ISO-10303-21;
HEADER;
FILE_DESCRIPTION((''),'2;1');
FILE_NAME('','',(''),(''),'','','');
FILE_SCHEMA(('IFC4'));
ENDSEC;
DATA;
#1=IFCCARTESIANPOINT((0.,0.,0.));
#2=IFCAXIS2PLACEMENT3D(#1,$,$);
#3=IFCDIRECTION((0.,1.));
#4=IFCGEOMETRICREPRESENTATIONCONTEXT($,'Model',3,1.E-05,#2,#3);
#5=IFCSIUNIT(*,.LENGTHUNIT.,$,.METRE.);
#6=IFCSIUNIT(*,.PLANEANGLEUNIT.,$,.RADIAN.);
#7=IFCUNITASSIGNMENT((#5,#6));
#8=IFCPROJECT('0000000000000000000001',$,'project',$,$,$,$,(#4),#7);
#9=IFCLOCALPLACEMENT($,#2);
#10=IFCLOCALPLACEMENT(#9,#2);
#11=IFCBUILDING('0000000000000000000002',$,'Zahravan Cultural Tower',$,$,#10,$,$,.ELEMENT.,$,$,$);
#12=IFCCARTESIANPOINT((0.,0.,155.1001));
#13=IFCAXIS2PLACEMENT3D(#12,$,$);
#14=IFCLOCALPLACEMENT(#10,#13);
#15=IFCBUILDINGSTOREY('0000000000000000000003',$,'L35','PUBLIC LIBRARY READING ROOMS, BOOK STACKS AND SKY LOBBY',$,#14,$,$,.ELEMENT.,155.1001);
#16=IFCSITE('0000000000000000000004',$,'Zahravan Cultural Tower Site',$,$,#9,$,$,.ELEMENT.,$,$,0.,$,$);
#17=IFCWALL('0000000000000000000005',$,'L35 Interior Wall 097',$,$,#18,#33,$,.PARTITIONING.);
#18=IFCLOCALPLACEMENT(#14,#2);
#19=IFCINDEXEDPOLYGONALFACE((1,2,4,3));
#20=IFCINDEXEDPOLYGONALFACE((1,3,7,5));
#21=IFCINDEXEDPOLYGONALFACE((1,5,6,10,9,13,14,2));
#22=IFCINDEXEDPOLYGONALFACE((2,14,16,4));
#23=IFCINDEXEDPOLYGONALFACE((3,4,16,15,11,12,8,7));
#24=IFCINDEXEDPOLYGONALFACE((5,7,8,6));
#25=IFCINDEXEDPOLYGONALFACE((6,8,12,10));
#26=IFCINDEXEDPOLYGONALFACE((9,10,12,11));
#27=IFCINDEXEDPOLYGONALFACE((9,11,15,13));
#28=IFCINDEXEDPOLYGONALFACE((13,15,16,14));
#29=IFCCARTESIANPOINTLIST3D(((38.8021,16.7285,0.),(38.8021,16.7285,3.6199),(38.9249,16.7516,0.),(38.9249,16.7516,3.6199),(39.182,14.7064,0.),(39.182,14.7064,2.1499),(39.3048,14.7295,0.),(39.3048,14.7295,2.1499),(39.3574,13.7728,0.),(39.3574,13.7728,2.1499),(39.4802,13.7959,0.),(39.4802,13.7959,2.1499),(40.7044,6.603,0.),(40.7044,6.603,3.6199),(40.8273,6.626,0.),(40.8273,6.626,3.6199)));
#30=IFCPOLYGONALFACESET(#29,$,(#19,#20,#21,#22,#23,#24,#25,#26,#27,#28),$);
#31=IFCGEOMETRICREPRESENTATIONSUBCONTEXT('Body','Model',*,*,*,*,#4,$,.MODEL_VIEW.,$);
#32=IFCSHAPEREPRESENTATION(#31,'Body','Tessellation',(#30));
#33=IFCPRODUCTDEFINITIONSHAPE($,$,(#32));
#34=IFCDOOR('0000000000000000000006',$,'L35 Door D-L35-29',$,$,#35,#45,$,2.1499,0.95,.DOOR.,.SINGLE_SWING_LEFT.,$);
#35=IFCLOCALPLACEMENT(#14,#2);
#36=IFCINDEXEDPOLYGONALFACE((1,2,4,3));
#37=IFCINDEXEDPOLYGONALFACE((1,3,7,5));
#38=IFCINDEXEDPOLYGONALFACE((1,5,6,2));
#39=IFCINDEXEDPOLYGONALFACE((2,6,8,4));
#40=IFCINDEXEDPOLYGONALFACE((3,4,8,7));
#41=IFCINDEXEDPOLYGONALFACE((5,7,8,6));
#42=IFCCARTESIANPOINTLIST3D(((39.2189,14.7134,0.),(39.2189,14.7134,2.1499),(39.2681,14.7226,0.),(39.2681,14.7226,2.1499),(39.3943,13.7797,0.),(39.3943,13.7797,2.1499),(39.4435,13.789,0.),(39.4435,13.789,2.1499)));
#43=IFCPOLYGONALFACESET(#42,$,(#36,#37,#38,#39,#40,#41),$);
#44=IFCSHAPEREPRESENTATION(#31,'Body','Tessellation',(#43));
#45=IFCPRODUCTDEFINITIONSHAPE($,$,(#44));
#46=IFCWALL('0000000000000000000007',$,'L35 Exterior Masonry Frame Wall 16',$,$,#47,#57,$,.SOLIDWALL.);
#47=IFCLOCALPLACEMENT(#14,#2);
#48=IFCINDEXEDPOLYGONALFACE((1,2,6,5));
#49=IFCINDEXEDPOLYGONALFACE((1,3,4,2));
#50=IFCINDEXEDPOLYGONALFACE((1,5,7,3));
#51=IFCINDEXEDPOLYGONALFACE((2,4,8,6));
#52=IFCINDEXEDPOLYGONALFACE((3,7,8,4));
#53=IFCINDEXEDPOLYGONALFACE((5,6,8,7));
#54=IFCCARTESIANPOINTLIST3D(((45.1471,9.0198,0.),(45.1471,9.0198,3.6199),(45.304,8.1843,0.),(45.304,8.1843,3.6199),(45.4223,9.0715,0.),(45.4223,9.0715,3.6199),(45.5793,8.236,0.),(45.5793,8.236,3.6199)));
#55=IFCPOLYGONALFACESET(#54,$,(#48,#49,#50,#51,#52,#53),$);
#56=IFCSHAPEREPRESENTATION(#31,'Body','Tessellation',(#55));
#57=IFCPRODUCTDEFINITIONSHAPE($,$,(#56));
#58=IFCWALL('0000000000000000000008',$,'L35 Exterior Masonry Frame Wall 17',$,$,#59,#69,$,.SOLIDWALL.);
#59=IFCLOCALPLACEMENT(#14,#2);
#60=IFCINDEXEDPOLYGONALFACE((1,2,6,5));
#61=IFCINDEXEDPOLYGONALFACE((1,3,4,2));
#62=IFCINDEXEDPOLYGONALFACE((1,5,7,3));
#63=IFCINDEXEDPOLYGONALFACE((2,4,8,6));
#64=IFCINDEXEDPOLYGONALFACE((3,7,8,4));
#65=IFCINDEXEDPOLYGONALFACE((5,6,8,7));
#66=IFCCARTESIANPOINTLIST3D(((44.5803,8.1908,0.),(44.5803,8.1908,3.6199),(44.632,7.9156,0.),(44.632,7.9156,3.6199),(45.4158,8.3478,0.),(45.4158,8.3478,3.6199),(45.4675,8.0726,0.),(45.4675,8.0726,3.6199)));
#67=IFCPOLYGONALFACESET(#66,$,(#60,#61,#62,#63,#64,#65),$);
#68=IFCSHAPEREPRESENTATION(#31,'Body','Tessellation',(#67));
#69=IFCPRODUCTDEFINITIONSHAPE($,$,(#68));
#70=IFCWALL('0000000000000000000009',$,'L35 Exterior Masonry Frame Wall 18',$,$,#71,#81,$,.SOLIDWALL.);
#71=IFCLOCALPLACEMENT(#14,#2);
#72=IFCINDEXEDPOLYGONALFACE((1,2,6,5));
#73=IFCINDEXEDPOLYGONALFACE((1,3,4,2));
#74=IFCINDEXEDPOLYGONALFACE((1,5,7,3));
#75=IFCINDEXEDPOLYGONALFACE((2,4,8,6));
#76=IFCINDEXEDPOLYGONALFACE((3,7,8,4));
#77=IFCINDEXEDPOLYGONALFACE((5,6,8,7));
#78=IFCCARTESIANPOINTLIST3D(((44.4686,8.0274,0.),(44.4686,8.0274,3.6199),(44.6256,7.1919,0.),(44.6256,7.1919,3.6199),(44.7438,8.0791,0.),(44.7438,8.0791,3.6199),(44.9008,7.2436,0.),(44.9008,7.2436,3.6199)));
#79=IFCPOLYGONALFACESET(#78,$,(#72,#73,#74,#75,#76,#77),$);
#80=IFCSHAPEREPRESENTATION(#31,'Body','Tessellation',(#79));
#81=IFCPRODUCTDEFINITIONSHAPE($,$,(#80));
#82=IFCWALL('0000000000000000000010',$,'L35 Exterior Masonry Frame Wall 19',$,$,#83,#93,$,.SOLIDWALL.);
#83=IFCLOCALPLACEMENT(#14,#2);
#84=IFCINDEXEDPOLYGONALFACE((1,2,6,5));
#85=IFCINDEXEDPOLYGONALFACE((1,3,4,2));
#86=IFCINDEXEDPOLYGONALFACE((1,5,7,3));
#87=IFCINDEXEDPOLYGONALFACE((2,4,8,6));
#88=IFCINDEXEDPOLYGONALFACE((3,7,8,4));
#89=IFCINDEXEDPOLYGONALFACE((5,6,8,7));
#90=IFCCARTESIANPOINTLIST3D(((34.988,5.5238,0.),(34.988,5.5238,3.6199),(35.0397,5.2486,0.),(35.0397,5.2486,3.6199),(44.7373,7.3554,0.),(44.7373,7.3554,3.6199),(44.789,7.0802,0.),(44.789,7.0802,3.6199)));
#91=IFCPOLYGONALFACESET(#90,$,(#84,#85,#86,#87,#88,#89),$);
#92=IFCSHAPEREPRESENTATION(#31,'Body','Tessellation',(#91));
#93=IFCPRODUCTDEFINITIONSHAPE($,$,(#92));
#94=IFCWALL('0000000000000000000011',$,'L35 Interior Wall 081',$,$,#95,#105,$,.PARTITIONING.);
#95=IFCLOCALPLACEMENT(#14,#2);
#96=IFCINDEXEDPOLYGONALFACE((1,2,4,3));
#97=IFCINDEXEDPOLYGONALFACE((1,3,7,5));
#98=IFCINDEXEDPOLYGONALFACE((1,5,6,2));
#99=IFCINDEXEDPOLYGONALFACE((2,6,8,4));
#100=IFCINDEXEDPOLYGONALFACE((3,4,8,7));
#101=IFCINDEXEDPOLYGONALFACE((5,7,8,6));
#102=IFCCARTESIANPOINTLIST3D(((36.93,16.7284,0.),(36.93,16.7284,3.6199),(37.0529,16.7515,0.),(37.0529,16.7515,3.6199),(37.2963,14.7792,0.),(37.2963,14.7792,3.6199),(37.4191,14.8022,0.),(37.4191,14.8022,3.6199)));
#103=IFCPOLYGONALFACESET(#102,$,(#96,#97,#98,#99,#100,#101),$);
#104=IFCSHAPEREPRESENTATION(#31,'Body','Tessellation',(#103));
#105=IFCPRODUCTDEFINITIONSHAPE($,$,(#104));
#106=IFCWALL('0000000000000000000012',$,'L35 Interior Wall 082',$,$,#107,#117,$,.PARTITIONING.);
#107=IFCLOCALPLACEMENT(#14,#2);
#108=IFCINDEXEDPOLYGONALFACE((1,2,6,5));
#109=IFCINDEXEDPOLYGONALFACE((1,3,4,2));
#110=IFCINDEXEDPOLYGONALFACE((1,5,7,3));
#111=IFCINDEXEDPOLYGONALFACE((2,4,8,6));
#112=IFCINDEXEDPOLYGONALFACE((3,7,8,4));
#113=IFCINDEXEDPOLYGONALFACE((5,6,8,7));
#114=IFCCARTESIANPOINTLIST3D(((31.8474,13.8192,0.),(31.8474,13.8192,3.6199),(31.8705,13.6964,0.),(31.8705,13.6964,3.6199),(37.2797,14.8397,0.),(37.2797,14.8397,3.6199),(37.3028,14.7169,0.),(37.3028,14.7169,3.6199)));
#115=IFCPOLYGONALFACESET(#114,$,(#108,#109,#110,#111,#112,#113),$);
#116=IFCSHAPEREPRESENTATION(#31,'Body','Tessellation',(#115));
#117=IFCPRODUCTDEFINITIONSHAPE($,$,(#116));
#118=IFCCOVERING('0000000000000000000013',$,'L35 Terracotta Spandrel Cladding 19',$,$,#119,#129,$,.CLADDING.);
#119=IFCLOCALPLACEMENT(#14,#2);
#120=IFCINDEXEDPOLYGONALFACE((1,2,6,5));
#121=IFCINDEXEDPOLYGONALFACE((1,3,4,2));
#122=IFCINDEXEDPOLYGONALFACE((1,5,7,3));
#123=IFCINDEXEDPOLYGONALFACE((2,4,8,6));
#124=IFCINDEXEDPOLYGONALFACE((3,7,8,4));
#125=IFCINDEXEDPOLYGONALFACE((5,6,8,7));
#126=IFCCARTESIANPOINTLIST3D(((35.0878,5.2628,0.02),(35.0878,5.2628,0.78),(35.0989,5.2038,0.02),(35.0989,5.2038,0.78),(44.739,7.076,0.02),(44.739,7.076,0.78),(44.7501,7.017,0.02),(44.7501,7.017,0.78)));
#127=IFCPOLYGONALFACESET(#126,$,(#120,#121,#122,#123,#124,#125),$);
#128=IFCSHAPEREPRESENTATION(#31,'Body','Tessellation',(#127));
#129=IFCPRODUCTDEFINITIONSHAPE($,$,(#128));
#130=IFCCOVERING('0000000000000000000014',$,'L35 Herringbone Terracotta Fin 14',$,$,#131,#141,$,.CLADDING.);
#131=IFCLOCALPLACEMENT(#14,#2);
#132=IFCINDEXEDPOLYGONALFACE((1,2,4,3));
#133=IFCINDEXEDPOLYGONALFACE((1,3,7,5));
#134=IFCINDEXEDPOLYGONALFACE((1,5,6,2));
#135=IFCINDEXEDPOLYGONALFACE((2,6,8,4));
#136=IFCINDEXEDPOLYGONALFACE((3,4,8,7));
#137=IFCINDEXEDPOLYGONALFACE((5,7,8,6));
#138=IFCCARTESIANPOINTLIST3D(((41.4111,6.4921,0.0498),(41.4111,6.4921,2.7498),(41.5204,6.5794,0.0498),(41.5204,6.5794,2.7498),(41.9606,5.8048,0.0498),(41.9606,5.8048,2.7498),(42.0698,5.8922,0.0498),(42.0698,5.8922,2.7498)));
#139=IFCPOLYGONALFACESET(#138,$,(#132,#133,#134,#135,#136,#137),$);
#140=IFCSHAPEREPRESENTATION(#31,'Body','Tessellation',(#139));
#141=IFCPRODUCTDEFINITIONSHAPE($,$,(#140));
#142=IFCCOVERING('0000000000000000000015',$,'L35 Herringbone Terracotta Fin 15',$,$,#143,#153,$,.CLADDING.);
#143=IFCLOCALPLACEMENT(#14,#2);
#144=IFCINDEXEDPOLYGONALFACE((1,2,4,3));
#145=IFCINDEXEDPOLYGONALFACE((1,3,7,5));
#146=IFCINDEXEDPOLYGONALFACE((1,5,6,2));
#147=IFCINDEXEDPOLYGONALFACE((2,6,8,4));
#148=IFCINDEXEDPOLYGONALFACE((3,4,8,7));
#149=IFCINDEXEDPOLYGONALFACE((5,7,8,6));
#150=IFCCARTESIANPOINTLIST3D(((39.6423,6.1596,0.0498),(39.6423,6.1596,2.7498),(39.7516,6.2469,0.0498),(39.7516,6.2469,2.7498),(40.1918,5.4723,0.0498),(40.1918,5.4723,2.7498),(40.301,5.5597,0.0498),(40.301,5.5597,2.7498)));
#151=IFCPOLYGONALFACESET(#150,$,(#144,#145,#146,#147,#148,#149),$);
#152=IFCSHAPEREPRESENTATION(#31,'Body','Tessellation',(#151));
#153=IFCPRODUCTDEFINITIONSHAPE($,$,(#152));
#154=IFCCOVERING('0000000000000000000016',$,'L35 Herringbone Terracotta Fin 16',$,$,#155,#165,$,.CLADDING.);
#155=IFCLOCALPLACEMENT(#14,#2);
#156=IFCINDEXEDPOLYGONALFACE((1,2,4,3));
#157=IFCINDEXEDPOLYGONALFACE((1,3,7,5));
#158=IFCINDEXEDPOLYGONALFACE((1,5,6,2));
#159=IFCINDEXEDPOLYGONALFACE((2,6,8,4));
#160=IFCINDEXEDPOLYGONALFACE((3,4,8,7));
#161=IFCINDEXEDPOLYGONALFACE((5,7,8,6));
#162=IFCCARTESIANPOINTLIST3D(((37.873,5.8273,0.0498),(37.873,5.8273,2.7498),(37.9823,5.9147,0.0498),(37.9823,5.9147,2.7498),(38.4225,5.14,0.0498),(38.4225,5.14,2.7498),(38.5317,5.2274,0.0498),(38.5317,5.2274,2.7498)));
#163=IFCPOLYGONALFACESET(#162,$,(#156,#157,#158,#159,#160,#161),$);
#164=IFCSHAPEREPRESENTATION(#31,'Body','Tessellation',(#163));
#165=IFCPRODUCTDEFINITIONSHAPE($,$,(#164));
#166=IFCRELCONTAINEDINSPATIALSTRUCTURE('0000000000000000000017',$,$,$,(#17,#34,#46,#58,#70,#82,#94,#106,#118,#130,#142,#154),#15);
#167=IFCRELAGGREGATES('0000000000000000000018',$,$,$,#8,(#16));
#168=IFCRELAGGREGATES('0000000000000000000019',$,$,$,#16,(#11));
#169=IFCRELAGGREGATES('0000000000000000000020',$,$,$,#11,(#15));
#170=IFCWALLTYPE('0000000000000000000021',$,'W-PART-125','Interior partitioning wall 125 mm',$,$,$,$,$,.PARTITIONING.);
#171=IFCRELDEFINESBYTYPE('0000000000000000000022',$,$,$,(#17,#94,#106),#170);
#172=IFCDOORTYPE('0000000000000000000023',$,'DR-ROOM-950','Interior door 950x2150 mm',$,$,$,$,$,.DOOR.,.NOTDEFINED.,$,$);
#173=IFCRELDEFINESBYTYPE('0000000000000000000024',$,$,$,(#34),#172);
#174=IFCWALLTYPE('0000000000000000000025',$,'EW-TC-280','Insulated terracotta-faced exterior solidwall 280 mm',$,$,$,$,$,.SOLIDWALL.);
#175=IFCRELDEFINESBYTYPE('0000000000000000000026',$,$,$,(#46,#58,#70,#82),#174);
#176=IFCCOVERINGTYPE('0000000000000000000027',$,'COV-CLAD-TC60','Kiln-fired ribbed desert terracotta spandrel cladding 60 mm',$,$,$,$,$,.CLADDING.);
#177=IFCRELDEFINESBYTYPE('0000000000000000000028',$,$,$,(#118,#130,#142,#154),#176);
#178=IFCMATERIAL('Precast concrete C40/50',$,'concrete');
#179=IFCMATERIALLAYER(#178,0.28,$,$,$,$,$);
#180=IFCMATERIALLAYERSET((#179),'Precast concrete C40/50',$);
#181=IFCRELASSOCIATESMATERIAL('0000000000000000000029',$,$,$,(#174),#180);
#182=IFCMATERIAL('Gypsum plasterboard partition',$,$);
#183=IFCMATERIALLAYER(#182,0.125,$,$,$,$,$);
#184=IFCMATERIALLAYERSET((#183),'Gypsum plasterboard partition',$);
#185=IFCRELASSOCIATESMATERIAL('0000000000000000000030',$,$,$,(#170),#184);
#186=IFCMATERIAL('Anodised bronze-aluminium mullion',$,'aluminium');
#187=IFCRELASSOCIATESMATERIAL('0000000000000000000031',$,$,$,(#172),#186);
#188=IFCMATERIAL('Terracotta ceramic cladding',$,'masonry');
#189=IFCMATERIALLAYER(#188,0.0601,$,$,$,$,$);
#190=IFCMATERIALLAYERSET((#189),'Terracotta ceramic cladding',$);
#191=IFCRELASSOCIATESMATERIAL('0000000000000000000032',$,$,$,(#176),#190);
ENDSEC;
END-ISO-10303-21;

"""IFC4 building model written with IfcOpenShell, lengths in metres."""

from ifc_helpers import new_model, si_unit, direction, frame, frame_2d, origin, origin_2d, place, context, subcontext, project, spatial, rectangle, extrude, source, transform, mapped, material, layer, layer_set, type_object, element, fill, save


model = new_model("IFC4")

# Units and contexts
model_context = context("Model", 3, precision=1e-05, world=origin(), true_north=direction((0.0, 1.0)))
body_context = subcontext(model_context, "Body", "Model", "MODEL_VIEW")
ifc_project = project(units=[si_unit("LENGTHUNIT", "METRE"), si_unit("PLANEANGLEUNIT", "RADIAN")], contexts=[model_context])

# Site, building, storey
site_placement = place(None, origin())
site = spatial("IfcSite", under=ifc_project, at=site_placement, Name="Zahravan Cultural Tower Site", CompositionType="ELEMENT", RefElevation=0.0)
building_placement = place(site_placement, origin())
building = spatial("IfcBuilding", under=site, at=building_placement, Name="Zahravan Cultural Tower", CompositionType="ELEMENT")
storey_placement = place(building_placement, frame((0.0, 0.0, 155.1001)))
storey = spatial("IfcBuildingStorey", under=building, at=storey_placement, Name="L35", Description="PUBLIC LIBRARY READING ROOMS, BOOK STACKS AND SKY LOBBY", CompositionType="ELEMENT", Elevation=155.1001)

# Shared definitions
ifc_material_1 = material(Name="Precast concrete C40/50", Category="concrete")
ifc_layer_1 = layer(ifc_material_1, 0.28)
ifc_layer_set_1 = layer_set([ifc_layer_1], Name="Precast concrete C40/50")
wall_type_1 = type_object("IfcWallType", Name="EW-TC-280", Description="Insulated terracotta-faced exterior solidwall 280 mm", PredefinedType="SOLIDWALL", material=ifc_layer_set_1)

# Wall, opening, door
ifc_material_2 = material(Name="Gypsum plasterboard partition")
ifc_layer_2 = layer(ifc_material_2, 0.125)
ifc_layer_set_2 = layer_set([ifc_layer_2], Name="Gypsum plasterboard partition")
wall_type_2 = type_object("IfcWallType", Name="W-PART-125", Description="Interior partitioning wall 125 mm", PredefinedType="PARTITIONING", material=ifc_layer_set_2)
ifc_material_3 = material(Name="Anodised bronze-aluminium mullion", Category="aluminium")
door_type = type_object("IfcDoorType", Name="DR-ROOM-950", Description="Interior door 950x2150 mm", OperationType="NOTDEFINED", PredefinedType="DOOR", material=ifc_material_3)
shared_shape_1 = source(origin(), body_context, "Body", "SweptSolid", [
    extrude(rectangle(XDim=0.95, YDim=2.1499, at=frame_2d((0.4751, 1.075))), frame((0.0, 0.0249, 0.0), z_axis=(0.0, -1.0, 0.0), x_axis=(1.0, 0.0, 0.0)), (0.0, 0.0, 1.0), 0.05),
])
wall_1_placement = place(storey_placement, frame((40.7659, 6.6145, 0.0), z_axis=(0.0, 0.0, 1.0), x_axis=(-0.184646, 0.982805, 0.0)))
wall_1 = element("IfcWall", 1, at=wall_1_placement, inside=storey, type_object=wall_type_2, Name="L35 Interior Wall 097", PredefinedType="PARTITIONING", context=body_context, shape_type="SweptSolid", body=[
    extrude(rectangle(XDim=10.3027, YDim=0.125, at=frame_2d((5.1514, 0.0))), origin(), (0.0, 0.0, 1.0), 3.6199),
])
opening_1_placement = place(wall_1_placement, frame((7.2952, 0.0, 0.0)))
opening_1 = element("IfcOpeningElement", 2, at=opening_1_placement, cuts=wall_1, PredefinedType="OPENING", context=body_context, shape_type="SweptSolid", body=[
    extrude(rectangle(XDim=0.95, YDim=2.1499, at=frame_2d((0.4751, 1.075))), frame((0.0, 0.0725, 0.0), z_axis=(0.0, -1.0, 0.0), x_axis=(1.0, 0.0, 0.0)), (0.0, 0.0, 1.0), 0.145),
])
door_1_placement = place(opening_1_placement, origin())
door_1 = element("IfcDoor", 3, at=door_1_placement, inside=storey, type_object=door_type, Name="L35 Door D-L35-29", OperationType="SINGLE_SWING_LEFT", OverallHeight=2.1499, OverallWidth=0.95, PredefinedType="DOOR", context=body_context, shape_type="MappedRepresentation", body=[
    mapped(shared_shape_1, transform((0.0, 0.0, 0.0), x_axis=(1.0, 0.0, 0.0), y_axis=(0.0, 1.0, 0.0), z_axis=(0.0, 0.0, 1.0), scale=1.0)),
])
fill(opening_1, door_1)

# Walls
shared_shape_2 = source(origin(), body_context, "Body", "SweptSolid", [
    extrude(rectangle(XDim=0.8501, YDim=0.28, at=frame_2d((0.425, 0.0))), origin(), (0.0, 0.0, 1.0), 3.6199),
])
for number, where, z_axis, x_axis, name in (
    (4, (45.2847, 9.0457, 0.0), (0.0, 0.0, 1.0), (0.18467, -0.982801, 0.0), "L35 Exterior Masonry Frame Wall 16"),
    (5, (45.4417, 8.2102, 0.0), (0.0, 0.0, 1.0), (-0.982801, -0.18467, 0.0), "L35 Exterior Masonry Frame Wall 17"),
    (6, (44.6062, 8.0532, 0.0), (0.0, 0.0, 1.0), (0.18467, -0.982801, 0.0), "L35 Exterior Masonry Frame Wall 18"),
):
    element("IfcWall", number, at=place(storey_placement, frame(where, z_axis=z_axis, x_axis=x_axis)), inside=storey, type_object=wall_type_1, Name=name, PredefinedType="SOLIDWALL", context=body_context, shape_type="MappedRepresentation", body=[
        mapped(shared_shape_2, transform((0.0, 0.0, 0.0), x_axis=(1.0, 0.0, 0.0), y_axis=(0.0, 1.0, 0.0), z_axis=(0.0, 0.0, 1.0), scale=1.0)),
    ])
shared_shape_3 = source(origin(), body_context, "Body", "SweptSolid", [
    extrude(rectangle(XDim=9.9199, YDim=0.28, at=frame_2d((4.96, 0.0))), origin(), (0.0, 0.0, 1.0), 3.6199),
])
wall_2_placement = place(storey_placement, frame((44.7632, 7.2178, 0.0), z_axis=(0.0, 0.0, 1.0), x_axis=(-0.982807, -0.184635, 0.0)))
element("IfcWall", 7, at=wall_2_placement, inside=storey, type_object=wall_type_1, Name="L35 Exterior Masonry Frame Wall 19", PredefinedType="SOLIDWALL", context=body_context, shape_type="MappedRepresentation", body=[
    mapped(shared_shape_3, transform((0.0, 0.0, 0.0), x_axis=(1.0, 0.0, 0.0), y_axis=(0.0, 1.0, 0.0), z_axis=(0.0, 0.0, 1.0), scale=1.0)),
])
shared_shape_4 = source(origin(), body_context, "Body", "SweptSolid", [
    extrude(rectangle(XDim=1.9834, YDim=0.125, at=frame_2d((0.9917, 0.0))), origin(), (0.0, 0.0, 1.0), 3.6199),
])
wall_3_placement = place(storey_placement, frame((36.9915, 16.74, 0.0), z_axis=(0.0, 0.0, 1.0), x_axis=(0.184645, -0.982805, 0.0)))
element("IfcWall", 8, at=wall_3_placement, inside=storey, type_object=wall_type_2, Name="L35 Interior Wall 081", PredefinedType="PARTITIONING", context=body_context, shape_type="MappedRepresentation", body=[
    mapped(shared_shape_4, transform((0.0, 0.0, 0.0), x_axis=(1.0, 0.0, 0.0), y_axis=(0.0, 1.0, 0.0), z_axis=(0.0, 0.0, 1.0), scale=1.0)),
])
shared_shape_5 = source(origin(), body_context, "Body", "SweptSolid", [
    extrude(rectangle(XDim=5.5273, YDim=0.125, at=frame_2d((2.7637, 0.0))), origin(), (0.0, 0.0, 1.0), 3.6199),
])
wall_4_placement = place(storey_placement, frame((37.2913, 14.7783, 0.0), z_axis=(0.0, 0.0, 1.0), x_axis=(-0.982809, -0.184627, 0.0)))
element("IfcWall", 9, at=wall_4_placement, inside=storey, type_object=wall_type_2, Name="L35 Interior Wall 082", PredefinedType="PARTITIONING", context=body_context, shape_type="MappedRepresentation", body=[
    mapped(shared_shape_5, transform((0.0, 0.0, 0.0), x_axis=(1.0, 0.0, 0.0), y_axis=(0.0, 1.0, 0.0), z_axis=(0.0, 0.0, 1.0), scale=1.0)),
])

# Coverings
ifc_material_4 = material(Name="Terracotta ceramic cladding", Category="masonry")
ifc_layer_3 = layer(ifc_material_4, 0.0601)
ifc_layer_set_3 = layer_set([ifc_layer_3], Name="Terracotta ceramic cladding")
covering_type = type_object("IfcCoveringType", Name="COV-CLAD-TC60", Description="Kiln-fired ribbed desert terracotta spandrel cladding 60 mm", PredefinedType="CLADDING", material=ifc_layer_set_3)
shared_shape_6 = source(origin(), body_context, "Body", "SweptSolid", [
    extrude(rectangle(XDim=9.8201, YDim=0.0601, at=origin_2d()), origin(), (0.0, 0.0, 1.0), 0.76),
])
covering_placement = place(storey_placement, frame((39.9189, 6.1399, 0.02), z_axis=(0.0, 0.0, 1.0), x_axis=(-0.982807, -0.184638, 0.0)))
element("IfcCovering", 10, at=covering_placement, inside=storey, type_object=covering_type, Name="L35 Terracotta Spandrel Cladding 19", PredefinedType="CLADDING", context=body_context, shape_type="MappedRepresentation", body=[
    mapped(shared_shape_6, transform((0.0, 0.0, 0.0), x_axis=(1.0, 0.0, 0.0), y_axis=(0.0, 1.0, 0.0), z_axis=(0.0, 0.0, 1.0), scale=1.0)),
])
shared_shape_7 = source(origin(), body_context, "Body", "SweptSolid", [
    extrude(rectangle(XDim=0.8799, YDim=0.1399, at=origin_2d()), origin(), (0.0, 0.0, 1.0), 2.7),
])
for number, where, z_axis, x_axis, name in (
    (11, (41.7405, 6.1921, 0.0498), (0.0, 0.0, 1.0), (0.624425, -0.781085, 0.0), "L35 Herringbone Terracotta Fin 14"),
    (12, (39.9717, 5.8596, 0.0498), (0.0, 0.0, 1.0), (0.624425, -0.781085, 0.0), "L35 Herringbone Terracotta Fin 15"),
    (13, (38.2024, 5.5273, 0.0498), (0.0, 0.0, 1.0), (0.624425, -0.781085, 0.0), "L35 Herringbone Terracotta Fin 16"),
):
    element("IfcCovering", number, at=place(storey_placement, frame(where, z_axis=z_axis, x_axis=x_axis)), inside=storey, type_object=covering_type, Name=name, PredefinedType="CLADDING", context=body_context, shape_type="MappedRepresentation", body=[
        mapped(shared_shape_7, transform((0.0, 0.0, 0.0), x_axis=(1.0, 0.0, 0.0), y_axis=(0.0, 1.0, 0.0), z_axis=(0.0, 0.0, 1.0), scale=1.0)),
    ])

save(model, "model.ifc")
